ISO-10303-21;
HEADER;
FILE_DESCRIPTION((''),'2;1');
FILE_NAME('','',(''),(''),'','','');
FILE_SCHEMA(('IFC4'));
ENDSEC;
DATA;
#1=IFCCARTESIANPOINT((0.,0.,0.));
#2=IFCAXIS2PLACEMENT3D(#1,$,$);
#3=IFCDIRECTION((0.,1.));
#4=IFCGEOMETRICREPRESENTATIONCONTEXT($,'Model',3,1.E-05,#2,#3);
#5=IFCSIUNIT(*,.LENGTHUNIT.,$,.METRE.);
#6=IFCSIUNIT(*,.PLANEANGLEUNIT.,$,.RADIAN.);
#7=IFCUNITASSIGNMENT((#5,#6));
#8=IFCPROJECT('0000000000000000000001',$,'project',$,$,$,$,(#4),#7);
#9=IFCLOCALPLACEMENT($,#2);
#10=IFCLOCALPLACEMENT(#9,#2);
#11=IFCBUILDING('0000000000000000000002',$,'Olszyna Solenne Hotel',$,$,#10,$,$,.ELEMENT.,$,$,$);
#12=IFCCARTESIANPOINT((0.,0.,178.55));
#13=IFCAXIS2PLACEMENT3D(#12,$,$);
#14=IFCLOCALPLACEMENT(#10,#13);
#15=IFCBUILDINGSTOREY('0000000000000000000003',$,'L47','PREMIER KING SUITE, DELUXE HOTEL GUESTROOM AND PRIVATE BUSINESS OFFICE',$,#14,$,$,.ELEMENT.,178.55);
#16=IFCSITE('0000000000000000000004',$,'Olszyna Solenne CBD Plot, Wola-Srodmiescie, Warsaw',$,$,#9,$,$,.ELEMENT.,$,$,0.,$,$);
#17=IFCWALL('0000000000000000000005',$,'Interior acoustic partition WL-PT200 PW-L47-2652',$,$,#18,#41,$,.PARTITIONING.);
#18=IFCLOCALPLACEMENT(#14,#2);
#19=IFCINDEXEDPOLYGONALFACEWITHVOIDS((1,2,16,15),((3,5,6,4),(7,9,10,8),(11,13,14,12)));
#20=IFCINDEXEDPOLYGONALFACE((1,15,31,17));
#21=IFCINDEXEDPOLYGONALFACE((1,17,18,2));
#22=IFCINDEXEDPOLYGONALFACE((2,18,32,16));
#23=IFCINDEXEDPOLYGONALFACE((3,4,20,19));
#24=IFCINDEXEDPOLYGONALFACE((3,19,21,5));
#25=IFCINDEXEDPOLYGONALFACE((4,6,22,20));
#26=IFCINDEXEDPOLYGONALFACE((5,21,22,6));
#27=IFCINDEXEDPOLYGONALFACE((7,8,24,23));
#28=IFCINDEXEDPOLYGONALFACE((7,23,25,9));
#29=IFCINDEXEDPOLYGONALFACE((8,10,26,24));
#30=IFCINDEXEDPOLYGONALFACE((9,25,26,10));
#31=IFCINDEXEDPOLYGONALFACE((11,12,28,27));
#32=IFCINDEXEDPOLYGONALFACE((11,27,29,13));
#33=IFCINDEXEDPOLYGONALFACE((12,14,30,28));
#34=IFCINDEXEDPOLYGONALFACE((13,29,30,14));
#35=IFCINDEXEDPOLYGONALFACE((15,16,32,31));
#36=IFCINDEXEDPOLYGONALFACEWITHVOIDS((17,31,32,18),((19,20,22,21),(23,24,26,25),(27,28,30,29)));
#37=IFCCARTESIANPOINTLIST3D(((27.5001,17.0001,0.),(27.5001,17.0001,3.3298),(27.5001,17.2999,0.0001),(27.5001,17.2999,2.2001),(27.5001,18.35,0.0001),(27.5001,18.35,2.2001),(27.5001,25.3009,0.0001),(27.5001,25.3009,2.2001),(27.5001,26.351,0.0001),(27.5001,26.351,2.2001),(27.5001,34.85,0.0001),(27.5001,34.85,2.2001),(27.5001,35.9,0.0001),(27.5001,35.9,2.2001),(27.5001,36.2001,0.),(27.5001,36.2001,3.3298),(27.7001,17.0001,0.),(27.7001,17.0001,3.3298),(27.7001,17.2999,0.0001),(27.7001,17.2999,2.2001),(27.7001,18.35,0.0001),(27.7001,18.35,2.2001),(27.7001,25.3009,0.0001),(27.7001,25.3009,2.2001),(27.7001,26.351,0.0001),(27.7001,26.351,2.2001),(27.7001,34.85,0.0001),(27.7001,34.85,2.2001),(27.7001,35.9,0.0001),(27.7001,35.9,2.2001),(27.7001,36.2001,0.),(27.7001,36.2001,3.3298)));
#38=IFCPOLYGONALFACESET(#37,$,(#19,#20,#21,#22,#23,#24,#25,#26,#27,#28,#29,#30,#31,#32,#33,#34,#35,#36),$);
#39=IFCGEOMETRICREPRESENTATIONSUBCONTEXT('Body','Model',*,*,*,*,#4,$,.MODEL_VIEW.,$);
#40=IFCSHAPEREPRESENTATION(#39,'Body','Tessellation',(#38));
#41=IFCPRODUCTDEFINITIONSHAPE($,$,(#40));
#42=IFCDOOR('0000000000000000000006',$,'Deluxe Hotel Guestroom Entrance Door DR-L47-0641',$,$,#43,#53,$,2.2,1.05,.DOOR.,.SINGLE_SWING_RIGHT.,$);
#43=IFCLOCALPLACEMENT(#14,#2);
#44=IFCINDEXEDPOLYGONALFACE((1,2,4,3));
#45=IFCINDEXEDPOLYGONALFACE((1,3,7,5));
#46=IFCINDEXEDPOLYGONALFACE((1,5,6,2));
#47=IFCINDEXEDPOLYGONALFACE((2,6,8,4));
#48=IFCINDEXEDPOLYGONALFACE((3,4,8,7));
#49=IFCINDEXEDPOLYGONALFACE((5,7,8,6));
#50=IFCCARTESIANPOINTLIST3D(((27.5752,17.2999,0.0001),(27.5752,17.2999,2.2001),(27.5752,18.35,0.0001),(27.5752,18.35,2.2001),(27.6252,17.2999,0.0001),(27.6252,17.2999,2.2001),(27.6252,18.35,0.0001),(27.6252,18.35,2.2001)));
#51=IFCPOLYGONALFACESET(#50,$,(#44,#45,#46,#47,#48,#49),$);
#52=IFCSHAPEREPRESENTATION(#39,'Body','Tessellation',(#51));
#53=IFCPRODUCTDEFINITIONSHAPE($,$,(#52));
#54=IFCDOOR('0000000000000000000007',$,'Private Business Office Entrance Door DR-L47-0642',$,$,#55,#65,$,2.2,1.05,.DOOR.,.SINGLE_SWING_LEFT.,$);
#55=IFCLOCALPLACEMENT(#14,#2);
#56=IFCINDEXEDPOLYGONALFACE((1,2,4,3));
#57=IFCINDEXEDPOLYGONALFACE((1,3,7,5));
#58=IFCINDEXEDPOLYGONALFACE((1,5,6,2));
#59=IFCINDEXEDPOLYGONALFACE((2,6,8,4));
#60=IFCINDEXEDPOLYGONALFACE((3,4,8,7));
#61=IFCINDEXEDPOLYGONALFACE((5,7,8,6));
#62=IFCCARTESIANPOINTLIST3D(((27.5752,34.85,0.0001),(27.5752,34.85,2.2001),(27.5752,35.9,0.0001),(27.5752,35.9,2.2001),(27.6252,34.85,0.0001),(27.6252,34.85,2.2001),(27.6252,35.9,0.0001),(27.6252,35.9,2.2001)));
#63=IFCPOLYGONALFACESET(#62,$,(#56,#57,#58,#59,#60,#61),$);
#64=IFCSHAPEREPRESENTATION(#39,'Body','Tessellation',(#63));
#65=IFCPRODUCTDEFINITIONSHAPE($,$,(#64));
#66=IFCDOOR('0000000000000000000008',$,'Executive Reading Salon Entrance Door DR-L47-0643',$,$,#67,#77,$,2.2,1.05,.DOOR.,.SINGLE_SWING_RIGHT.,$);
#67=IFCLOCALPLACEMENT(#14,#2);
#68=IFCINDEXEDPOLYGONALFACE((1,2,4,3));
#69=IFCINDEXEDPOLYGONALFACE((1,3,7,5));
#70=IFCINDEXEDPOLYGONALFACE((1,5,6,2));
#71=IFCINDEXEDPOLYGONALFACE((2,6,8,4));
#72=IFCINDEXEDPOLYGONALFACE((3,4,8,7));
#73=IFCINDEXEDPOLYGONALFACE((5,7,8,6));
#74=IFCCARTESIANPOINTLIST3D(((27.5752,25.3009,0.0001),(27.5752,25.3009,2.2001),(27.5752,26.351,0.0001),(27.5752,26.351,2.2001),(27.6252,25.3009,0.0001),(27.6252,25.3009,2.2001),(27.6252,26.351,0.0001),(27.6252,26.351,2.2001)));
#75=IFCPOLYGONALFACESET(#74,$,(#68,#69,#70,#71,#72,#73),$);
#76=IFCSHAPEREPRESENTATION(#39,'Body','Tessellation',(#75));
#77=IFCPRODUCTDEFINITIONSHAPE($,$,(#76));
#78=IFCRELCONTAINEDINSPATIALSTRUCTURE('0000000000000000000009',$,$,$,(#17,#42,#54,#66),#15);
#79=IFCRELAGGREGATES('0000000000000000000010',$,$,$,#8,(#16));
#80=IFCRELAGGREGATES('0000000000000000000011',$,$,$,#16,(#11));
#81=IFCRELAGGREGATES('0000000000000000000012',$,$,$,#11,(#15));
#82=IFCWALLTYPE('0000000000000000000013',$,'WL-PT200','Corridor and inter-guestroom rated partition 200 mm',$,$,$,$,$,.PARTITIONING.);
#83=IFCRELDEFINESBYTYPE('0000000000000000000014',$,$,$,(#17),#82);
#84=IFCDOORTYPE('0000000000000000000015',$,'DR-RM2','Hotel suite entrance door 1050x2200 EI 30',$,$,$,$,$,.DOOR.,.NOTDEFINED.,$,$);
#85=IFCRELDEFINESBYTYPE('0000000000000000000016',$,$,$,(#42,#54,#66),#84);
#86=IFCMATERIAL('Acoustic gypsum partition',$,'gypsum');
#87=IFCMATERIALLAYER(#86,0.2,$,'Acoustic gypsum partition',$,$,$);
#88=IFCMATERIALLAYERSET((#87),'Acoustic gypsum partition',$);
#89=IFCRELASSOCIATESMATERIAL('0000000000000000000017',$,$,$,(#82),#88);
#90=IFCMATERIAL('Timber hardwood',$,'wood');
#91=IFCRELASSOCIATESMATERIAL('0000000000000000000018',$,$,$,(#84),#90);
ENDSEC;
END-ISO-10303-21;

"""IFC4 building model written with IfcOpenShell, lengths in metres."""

from ifc_helpers import new_model, si_unit, direction, frame, frame_2d, origin, place, context, subcontext, project, spatial, rectangle, extrude, source, transform, mapped, material, layer, layer_set, type_object, type_shapes, element, fill, save


model = new_model("IFC4")

# Units and contexts
model_context = context("Model", 3, precision=1e-05, world=origin(), true_north=direction((0.0, 1.0)))
body_context = subcontext(model_context, "Body", "Model", "MODEL_VIEW")
ifc_project = project(units=[si_unit("LENGTHUNIT", "METRE"), si_unit("PLANEANGLEUNIT", "RADIAN")], contexts=[model_context])

# Site, building, storey
site_placement = place(None, origin())
site = spatial("IfcSite", under=ifc_project, at=site_placement, Name="Olszyna Solenne CBD Plot, Wola-Srodmiescie, Warsaw", CompositionType="ELEMENT", RefElevation=0.0)
building_placement = place(site_placement, origin())
building = spatial("IfcBuilding", under=site, at=building_placement, Name="Olszyna Solenne Hotel", CompositionType="ELEMENT")
storey_placement = place(building_placement, frame((0.0, 0.0, 178.55)))
storey = spatial("IfcBuildingStorey", under=building, at=storey_placement, Name="L47", Description="PREMIER KING SUITE, DELUXE HOTEL GUESTROOM AND PRIVATE BUSINESS OFFICE", CompositionType="ELEMENT", Elevation=178.55)

# Shared definitions
ifc_material_1 = material(Name="Timber hardwood", Category="wood")
ifc_material_2 = material(Name="Acoustic gypsum partition", Category="gypsum")

# Shared definitions
ifc_layer_1 = layer(ifc_material_2, 0.2, Name="Acoustic gypsum partition")
ifc_layer_set_1 = layer_set([ifc_layer_1], Name="Acoustic gypsum partition")
wall_type_1 = type_object("IfcWallType", Name="WL-PT200", Description="Corridor and inter-guestroom rated partition 200 mm", PredefinedType="PARTITIONING", material=ifc_layer_set_1)

# Wall, openings, doors
door_type_1 = type_object("IfcDoorType", Name="DR-RM2", Description="Hotel suite entrance door 1050x2200 EI 30", OperationType="NOTDEFINED", PredefinedType="DOOR", material=ifc_material_1)
shared_shape_1 = source(origin(), body_context, "Body", "SweptSolid", [
    extrude(rectangle(XDim=1.05, YDim=2.2, at=frame_2d((0.5249, 1.1001))), frame((0.0, 0.0249, 0.0), z_axis=(0.0, -1.0, 0.0), x_axis=(1.0, 0.0, 0.0)), (0.0, 0.0, 1.0), 0.05),
])
type_shapes(door_type_1, [shared_shape_1])
wall_1_placement = place(storey_placement, frame((27.6001, 17.0, 0.0), z_axis=(0.0, 0.0, 1.0), x_axis=(0.0, 1.0, 0.0)))
wall_1 = element("IfcWall", 1, at=wall_1_placement, inside=storey, type_object=wall_type_1, Name="Interior acoustic partition WL-PT200 PW-L47-2652", PredefinedType="PARTITIONING", context=body_context, shape_type="SweptSolid", body=[
    extrude(rectangle(XDim=19.2, YDim=0.2, at=frame_2d((9.6001, 0.0))), origin(), (0.0, 0.0, 1.0), 3.3298),
])
opening_1_placement = place(wall_1_placement, frame((0.3, 0.0, 0.0)))
opening_1 = element("IfcOpeningElement", 2, at=opening_1_placement, cuts=wall_1, PredefinedType="OPENING", context=body_context, shape_type="SweptSolid", body=[
    extrude(rectangle(XDim=1.05, YDim=2.2, at=frame_2d((0.5249, 1.1001))), frame((0.0, 0.1099, 0.0), z_axis=(0.0, -1.0, 0.0), x_axis=(1.0, 0.0, 0.0)), (0.0, 0.0, 1.0), 0.22),
])
opening_2_placement = place(wall_1_placement, frame((17.8501, 0.0, 0.0)))
opening_2 = element("IfcOpeningElement", 3, at=opening_2_placement, cuts=wall_1, PredefinedType="OPENING", context=body_context, shape_type="SweptSolid", body=[
    extrude(rectangle(XDim=1.05, YDim=2.2, at=frame_2d((0.5249, 1.1001))), frame((0.0, 0.1099, 0.0), z_axis=(0.0, -1.0, 0.0), x_axis=(1.0, 0.0, 0.0)), (0.0, 0.0, 1.0), 0.22),
])
opening_3_placement = place(wall_1_placement, frame((8.301, 0.0, 0.0)))
opening_3 = element("IfcOpeningElement", 4, at=opening_3_placement, cuts=wall_1, PredefinedType="OPENING", context=body_context, shape_type="SweptSolid", body=[
    extrude(rectangle(XDim=1.05, YDim=2.2, at=frame_2d((0.5249, 1.1001))), frame((0.0, 0.1099, 0.0), z_axis=(0.0, -1.0, 0.0), x_axis=(1.0, 0.0, 0.0)), (0.0, 0.0, 1.0), 0.22),
])
door_1_placement = place(opening_1_placement, origin())
door_1 = element("IfcDoor", 5, at=door_1_placement, inside=storey, type_object=door_type_1, Name="Deluxe Hotel Guestroom Entrance Door DR-L47-0641", OperationType="SINGLE_SWING_RIGHT", OverallHeight=2.2, OverallWidth=1.05, PredefinedType="DOOR", context=body_context, shape_type="MappedRepresentation", body=[
    mapped(shared_shape_1, transform((0.0, 0.0, 0.0), x_axis=(1.0, 0.0, 0.0), y_axis=(0.0, 1.0, 0.0), z_axis=(0.0, 0.0, 1.0), scale=1.0)),
])
fill(opening_1, door_1)
door_2_placement = place(opening_2_placement, origin())
door_2 = element("IfcDoor", 6, at=door_2_placement, inside=storey, type_object=door_type_1, Name="Private Business Office Entrance Door DR-L47-0642", OperationType="SINGLE_SWING_LEFT", OverallHeight=2.2, OverallWidth=1.05, PredefinedType="DOOR", context=body_context, shape_type="MappedRepresentation", body=[
    mapped(shared_shape_1, transform((0.0, 0.0, 0.0), x_axis=(1.0, 0.0, 0.0), y_axis=(0.0, 1.0, 0.0), z_axis=(0.0, 0.0, 1.0), scale=1.0)),
])
fill(opening_2, door_2)
door_3_placement = place(opening_3_placement, origin())
door_3 = element("IfcDoor", 7, at=door_3_placement, inside=storey, type_object=door_type_1, Name="Executive Reading Salon Entrance Door DR-L47-0643", OperationType="SINGLE_SWING_RIGHT", OverallHeight=2.2, OverallWidth=1.05, PredefinedType="DOOR", context=body_context, shape_type="MappedRepresentation", body=[
    mapped(shared_shape_1, transform((0.0, 0.0, 0.0), x_axis=(1.0, 0.0, 0.0), y_axis=(0.0, 1.0, 0.0), z_axis=(0.0, 0.0, 1.0), scale=1.0)),
])
fill(opening_3, door_3)

save(model, "model.ifc")
